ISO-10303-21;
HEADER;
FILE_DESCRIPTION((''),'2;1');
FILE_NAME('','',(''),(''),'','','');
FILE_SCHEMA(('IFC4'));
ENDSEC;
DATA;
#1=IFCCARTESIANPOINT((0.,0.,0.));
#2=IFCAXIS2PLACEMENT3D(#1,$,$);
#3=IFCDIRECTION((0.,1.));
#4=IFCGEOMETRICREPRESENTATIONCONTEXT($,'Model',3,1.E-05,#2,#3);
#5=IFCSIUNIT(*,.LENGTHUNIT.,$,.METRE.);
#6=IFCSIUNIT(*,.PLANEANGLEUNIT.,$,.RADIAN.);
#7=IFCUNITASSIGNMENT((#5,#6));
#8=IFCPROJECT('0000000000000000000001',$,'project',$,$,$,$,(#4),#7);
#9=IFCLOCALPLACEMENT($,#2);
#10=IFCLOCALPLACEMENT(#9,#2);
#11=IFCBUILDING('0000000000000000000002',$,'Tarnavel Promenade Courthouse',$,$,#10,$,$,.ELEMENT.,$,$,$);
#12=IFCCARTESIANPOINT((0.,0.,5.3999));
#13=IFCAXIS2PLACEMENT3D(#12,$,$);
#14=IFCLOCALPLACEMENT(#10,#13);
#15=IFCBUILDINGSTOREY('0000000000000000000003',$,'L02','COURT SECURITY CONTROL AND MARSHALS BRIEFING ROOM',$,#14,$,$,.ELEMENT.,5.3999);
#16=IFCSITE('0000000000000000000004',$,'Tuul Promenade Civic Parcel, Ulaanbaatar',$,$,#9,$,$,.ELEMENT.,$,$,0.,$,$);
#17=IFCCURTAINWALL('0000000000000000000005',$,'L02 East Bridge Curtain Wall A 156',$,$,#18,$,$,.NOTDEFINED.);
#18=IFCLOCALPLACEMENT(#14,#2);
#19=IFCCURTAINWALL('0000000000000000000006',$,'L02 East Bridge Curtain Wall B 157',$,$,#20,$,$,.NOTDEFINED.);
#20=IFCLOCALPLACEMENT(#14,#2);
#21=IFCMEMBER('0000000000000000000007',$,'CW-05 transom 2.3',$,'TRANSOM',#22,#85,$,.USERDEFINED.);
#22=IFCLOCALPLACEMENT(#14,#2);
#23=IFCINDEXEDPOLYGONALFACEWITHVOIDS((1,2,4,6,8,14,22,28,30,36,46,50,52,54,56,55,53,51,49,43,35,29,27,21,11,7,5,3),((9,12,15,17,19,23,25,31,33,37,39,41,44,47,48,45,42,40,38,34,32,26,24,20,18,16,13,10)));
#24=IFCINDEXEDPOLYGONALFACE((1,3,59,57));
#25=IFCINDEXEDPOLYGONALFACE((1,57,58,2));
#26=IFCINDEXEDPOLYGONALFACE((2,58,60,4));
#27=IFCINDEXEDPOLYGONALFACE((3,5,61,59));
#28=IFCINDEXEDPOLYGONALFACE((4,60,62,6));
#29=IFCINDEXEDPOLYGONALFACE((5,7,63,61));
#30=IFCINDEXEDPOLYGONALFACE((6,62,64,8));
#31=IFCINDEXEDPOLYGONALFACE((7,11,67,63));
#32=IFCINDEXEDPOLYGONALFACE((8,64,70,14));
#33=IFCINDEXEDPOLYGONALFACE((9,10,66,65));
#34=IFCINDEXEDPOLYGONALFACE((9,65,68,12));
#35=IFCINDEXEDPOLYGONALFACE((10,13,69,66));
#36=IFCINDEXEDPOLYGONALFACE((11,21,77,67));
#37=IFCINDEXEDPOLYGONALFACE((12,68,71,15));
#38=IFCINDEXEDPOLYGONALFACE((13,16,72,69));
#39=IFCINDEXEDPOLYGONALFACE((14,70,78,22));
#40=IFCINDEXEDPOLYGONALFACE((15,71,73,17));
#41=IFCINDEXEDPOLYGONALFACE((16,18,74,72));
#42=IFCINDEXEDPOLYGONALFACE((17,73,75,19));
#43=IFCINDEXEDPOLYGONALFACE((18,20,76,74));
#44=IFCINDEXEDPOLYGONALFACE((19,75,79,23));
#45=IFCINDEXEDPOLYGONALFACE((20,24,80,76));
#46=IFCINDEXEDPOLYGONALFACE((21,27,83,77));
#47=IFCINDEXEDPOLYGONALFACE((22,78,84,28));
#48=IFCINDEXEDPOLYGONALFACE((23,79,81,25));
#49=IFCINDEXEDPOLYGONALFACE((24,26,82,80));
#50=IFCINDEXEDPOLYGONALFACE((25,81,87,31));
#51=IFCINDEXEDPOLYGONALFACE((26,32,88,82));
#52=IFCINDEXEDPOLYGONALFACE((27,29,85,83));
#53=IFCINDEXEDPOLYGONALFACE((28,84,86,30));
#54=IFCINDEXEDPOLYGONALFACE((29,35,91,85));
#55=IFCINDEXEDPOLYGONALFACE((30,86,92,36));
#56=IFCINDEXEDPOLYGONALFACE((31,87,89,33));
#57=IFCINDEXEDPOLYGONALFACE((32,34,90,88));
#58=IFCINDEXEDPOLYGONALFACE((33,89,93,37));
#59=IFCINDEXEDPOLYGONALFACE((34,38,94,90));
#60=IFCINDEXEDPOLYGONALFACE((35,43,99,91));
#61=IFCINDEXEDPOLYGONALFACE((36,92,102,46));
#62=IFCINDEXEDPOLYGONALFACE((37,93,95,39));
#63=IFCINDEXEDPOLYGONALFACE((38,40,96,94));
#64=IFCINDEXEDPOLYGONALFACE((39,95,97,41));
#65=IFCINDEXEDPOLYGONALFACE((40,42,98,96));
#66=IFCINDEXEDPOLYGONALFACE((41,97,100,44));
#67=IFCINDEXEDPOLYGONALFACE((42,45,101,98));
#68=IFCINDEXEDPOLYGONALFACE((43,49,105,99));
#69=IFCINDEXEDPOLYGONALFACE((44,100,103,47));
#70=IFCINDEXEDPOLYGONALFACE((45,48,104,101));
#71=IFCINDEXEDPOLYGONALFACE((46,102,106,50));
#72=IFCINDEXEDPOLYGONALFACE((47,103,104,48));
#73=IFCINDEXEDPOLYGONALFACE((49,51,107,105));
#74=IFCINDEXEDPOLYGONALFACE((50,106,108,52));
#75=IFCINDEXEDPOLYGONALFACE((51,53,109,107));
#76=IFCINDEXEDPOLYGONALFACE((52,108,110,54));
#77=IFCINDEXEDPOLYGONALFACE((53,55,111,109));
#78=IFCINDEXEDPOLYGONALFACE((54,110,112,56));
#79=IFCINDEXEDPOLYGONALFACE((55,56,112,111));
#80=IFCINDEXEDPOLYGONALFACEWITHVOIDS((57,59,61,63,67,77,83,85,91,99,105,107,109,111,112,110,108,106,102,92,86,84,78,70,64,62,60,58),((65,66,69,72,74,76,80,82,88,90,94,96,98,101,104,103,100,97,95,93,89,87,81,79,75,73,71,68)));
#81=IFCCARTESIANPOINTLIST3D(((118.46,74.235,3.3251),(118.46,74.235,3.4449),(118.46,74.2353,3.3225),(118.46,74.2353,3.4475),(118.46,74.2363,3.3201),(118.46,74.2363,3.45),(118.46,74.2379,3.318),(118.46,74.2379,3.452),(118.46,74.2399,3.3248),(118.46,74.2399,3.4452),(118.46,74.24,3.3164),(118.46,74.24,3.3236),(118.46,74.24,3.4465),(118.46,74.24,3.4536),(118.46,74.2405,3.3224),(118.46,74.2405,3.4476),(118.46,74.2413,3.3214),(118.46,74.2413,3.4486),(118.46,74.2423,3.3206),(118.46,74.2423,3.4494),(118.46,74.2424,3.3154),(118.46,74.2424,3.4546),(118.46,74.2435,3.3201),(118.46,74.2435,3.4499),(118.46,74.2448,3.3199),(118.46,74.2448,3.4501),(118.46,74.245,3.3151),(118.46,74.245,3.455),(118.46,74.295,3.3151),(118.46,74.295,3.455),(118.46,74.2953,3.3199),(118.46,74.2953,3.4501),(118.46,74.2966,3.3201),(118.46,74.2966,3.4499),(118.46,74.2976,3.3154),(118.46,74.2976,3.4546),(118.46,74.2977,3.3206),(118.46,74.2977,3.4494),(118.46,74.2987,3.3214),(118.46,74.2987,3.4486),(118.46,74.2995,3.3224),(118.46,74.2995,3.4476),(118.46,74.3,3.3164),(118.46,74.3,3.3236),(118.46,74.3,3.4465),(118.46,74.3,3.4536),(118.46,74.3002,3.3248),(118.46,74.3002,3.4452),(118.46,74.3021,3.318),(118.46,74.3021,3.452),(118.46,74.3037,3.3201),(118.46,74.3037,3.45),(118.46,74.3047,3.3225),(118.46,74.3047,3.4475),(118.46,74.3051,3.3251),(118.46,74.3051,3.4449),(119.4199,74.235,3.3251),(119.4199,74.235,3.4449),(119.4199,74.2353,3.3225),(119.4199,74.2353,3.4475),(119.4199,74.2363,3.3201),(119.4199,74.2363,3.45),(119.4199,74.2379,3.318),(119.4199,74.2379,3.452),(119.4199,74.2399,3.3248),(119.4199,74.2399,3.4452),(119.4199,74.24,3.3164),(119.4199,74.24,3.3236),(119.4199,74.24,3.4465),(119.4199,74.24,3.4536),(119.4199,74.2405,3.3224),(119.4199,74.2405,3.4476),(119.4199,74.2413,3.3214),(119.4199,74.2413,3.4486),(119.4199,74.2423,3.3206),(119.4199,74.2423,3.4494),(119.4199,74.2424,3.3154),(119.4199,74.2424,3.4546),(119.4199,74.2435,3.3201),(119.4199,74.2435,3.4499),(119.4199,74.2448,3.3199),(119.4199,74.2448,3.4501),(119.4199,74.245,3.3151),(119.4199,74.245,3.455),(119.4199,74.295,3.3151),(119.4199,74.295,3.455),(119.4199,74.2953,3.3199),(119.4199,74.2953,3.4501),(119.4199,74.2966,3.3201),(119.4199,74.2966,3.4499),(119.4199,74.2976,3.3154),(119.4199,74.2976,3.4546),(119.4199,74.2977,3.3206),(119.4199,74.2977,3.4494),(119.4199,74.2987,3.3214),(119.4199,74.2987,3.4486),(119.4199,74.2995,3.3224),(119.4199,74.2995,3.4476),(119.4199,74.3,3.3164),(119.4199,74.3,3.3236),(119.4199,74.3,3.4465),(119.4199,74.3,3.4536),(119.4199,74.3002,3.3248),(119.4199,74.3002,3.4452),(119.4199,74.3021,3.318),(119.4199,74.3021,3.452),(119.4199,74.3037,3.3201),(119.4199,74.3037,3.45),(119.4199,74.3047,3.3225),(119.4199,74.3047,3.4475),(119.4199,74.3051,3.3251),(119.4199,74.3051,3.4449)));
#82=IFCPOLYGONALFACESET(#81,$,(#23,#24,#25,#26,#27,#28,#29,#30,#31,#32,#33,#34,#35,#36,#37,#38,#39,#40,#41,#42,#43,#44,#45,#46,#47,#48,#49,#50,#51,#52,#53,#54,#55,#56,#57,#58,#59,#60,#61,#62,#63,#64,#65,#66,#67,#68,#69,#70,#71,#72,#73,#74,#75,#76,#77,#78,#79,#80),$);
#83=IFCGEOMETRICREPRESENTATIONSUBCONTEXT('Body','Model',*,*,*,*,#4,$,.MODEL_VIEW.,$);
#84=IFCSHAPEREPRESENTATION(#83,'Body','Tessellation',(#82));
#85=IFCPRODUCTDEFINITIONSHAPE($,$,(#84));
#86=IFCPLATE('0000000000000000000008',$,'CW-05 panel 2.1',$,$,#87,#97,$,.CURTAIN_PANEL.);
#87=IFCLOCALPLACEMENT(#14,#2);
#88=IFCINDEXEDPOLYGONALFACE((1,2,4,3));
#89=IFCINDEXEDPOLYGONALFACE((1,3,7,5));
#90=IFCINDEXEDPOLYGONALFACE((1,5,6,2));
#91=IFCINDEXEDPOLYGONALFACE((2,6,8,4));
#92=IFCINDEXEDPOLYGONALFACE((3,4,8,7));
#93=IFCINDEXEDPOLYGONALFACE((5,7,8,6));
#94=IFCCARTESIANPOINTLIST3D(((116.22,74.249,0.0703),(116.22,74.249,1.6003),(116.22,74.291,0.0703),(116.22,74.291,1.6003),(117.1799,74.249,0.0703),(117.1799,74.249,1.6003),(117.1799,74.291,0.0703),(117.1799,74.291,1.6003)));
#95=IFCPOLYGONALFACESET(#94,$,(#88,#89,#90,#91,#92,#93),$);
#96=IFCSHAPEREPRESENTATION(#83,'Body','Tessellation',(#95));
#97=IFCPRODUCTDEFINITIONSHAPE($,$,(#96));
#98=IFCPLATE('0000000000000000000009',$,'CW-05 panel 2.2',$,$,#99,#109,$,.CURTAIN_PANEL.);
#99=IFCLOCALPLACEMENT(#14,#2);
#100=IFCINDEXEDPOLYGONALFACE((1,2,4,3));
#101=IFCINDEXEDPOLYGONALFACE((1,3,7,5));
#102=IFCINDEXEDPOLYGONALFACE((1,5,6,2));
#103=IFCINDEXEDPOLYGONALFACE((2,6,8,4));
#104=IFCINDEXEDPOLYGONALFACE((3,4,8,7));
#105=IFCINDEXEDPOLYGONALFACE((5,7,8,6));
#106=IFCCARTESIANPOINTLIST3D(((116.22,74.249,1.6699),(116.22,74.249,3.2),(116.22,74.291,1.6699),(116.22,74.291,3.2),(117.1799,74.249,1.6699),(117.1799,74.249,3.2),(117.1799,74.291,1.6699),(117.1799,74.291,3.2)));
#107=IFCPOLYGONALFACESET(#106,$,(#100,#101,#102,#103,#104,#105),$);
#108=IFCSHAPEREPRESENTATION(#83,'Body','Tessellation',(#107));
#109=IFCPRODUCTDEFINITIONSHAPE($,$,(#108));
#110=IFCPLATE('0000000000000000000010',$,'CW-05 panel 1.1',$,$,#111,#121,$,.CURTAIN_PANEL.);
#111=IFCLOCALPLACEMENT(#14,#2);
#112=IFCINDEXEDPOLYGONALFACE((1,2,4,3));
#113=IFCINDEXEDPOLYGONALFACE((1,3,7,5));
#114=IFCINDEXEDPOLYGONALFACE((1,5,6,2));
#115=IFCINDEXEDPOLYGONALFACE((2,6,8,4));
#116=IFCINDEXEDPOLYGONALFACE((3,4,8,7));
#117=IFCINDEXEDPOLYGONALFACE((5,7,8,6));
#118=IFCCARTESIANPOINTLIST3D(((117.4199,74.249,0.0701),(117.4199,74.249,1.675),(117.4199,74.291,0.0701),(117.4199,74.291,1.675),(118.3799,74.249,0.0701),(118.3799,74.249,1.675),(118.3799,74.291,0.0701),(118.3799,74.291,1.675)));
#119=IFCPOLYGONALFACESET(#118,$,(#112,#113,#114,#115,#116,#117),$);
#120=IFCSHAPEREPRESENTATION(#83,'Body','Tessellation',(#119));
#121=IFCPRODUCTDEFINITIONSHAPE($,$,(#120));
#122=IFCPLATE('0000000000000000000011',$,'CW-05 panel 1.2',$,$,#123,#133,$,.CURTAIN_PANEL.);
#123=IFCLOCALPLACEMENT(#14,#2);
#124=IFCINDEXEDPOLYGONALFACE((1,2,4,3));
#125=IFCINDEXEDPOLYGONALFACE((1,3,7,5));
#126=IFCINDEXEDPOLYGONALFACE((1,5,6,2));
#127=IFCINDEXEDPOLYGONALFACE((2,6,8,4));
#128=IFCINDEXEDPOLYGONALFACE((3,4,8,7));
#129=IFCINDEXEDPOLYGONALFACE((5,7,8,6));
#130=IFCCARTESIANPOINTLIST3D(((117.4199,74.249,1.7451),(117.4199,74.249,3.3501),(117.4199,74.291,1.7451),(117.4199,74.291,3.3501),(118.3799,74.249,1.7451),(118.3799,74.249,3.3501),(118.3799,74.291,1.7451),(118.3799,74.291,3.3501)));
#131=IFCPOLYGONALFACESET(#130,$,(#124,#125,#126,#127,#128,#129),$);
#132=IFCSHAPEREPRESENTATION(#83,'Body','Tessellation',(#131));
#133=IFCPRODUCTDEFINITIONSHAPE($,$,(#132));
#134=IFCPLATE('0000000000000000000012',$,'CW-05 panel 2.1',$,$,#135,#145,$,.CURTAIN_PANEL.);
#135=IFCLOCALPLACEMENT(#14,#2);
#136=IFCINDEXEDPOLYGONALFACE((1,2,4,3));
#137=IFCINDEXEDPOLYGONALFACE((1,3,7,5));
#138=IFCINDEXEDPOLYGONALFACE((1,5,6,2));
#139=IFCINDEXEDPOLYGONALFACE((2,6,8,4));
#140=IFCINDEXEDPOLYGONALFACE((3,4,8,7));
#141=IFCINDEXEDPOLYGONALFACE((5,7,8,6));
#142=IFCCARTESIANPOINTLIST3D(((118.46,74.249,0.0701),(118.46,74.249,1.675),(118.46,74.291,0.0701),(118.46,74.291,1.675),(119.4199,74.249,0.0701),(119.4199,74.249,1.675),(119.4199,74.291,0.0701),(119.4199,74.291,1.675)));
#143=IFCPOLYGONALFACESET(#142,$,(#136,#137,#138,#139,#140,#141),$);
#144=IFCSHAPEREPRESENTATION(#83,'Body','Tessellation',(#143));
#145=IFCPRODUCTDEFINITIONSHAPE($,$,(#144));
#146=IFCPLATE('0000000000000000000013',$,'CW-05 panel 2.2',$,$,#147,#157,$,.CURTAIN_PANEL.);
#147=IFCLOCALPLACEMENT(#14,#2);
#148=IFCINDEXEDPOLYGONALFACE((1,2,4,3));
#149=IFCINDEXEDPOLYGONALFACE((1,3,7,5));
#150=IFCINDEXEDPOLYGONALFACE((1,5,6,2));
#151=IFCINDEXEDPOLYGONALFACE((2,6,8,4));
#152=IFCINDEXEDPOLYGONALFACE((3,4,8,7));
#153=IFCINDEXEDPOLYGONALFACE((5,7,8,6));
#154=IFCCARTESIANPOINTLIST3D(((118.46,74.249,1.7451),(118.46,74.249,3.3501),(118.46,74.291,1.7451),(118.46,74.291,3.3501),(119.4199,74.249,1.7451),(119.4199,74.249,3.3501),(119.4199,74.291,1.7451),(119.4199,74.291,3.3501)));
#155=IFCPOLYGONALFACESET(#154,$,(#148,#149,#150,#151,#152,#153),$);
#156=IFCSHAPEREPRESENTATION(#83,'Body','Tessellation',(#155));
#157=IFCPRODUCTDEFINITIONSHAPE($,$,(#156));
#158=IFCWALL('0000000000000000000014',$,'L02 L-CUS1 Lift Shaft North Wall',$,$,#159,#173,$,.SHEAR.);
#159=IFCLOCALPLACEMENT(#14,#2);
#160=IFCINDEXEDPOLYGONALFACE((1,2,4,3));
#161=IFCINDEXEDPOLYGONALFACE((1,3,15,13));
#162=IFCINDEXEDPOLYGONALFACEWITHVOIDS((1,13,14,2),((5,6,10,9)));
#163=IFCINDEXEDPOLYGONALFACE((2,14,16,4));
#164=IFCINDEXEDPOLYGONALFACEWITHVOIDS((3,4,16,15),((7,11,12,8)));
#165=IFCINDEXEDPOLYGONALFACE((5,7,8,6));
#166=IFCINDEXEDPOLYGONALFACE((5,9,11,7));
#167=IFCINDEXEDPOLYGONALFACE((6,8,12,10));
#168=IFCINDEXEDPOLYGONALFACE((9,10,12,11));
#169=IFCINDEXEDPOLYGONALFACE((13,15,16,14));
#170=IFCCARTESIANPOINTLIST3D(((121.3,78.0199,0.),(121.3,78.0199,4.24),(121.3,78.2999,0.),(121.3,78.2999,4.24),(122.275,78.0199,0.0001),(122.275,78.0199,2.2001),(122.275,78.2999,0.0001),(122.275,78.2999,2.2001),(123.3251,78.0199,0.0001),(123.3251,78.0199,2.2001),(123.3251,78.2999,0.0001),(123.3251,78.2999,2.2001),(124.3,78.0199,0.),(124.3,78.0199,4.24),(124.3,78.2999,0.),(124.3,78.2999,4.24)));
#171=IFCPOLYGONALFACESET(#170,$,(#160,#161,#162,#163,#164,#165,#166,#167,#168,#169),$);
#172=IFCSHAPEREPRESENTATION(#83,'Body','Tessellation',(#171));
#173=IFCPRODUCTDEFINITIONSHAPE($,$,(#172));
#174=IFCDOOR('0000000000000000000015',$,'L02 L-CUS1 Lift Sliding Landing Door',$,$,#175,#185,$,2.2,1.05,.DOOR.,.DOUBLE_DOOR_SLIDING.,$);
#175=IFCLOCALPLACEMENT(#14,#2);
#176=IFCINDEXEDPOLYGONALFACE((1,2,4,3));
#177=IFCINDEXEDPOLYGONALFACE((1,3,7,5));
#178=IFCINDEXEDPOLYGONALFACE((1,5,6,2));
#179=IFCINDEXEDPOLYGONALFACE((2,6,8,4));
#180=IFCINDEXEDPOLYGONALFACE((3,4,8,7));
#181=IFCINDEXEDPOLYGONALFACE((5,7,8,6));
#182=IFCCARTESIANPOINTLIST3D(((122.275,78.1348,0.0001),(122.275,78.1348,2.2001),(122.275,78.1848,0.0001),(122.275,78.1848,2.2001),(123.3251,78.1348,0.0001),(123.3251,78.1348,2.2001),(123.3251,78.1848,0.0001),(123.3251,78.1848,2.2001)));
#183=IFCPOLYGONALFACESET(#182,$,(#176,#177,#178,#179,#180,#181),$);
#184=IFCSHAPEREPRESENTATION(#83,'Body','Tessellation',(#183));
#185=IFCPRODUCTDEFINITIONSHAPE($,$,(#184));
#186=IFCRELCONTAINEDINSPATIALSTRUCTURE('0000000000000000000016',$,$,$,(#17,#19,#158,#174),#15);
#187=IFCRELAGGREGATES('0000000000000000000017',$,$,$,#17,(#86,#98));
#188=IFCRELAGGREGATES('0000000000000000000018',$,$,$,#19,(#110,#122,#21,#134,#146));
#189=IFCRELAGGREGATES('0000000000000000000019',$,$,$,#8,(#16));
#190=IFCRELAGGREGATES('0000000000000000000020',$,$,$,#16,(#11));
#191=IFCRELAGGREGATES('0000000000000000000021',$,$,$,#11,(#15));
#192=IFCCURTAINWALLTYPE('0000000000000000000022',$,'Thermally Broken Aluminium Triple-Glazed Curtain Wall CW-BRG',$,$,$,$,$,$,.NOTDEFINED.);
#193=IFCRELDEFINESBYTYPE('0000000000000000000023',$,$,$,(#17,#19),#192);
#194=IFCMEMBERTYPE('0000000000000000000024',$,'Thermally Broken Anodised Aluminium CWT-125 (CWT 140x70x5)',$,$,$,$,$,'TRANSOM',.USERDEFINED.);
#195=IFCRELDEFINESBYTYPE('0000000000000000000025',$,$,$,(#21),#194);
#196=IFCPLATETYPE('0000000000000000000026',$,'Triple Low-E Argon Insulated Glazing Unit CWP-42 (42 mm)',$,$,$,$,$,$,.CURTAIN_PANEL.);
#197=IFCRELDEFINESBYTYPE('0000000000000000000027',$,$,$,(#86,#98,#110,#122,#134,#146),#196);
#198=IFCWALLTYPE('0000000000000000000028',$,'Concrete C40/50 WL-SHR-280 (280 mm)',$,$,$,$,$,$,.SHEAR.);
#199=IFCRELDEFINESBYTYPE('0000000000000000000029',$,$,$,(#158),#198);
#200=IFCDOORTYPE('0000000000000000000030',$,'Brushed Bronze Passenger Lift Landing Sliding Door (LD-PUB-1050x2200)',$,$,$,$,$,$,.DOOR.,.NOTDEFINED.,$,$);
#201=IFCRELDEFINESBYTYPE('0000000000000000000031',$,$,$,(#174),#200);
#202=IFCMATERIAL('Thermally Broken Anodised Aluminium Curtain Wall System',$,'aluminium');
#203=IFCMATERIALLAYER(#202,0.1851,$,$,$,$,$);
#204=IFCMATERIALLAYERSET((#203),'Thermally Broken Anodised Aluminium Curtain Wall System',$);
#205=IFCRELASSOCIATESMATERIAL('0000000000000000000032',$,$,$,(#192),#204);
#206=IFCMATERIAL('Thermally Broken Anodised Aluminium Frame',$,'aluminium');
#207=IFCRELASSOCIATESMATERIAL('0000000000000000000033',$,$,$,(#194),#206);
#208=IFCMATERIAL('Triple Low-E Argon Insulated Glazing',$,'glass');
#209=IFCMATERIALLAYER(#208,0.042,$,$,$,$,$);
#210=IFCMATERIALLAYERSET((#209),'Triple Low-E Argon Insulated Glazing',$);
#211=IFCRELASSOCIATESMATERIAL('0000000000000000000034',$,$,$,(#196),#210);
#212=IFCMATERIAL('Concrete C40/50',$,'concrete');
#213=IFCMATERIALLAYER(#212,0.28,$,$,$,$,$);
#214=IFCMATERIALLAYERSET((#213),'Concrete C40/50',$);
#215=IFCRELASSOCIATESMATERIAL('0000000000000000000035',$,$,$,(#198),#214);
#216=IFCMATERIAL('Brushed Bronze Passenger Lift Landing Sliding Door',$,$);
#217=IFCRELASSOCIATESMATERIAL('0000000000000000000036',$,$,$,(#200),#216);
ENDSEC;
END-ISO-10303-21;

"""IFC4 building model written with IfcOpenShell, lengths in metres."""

from ifc_helpers import new_model, si_unit, direction, frame, frame_2d, origin, origin_2d, place, context, subcontext, project, spatial, rectangle, hollow_rectangle, extrude, material, layer, layer_set, material_profile, profile_set, type_object, element, fill, aggregate, save


model = new_model("IFC4")

# Units and contexts
model_context = context("Model", 3, precision=1e-05, world=origin(), true_north=direction((0.0, 1.0)))
body_context = subcontext(model_context, "Body", "Model", "MODEL_VIEW")
ifc_project = project(units=[si_unit("LENGTHUNIT", "METRE"), si_unit("PLANEANGLEUNIT", "RADIAN")], contexts=[model_context])

# Site, building, storey
site_placement = place(None, origin())
site = spatial("IfcSite", under=ifc_project, at=site_placement, Name="Tuul Promenade Civic Parcel, Ulaanbaatar", CompositionType="ELEMENT", RefElevation=0.0)
building_placement = place(site_placement, origin())
building = spatial("IfcBuilding", under=site, at=building_placement, Name="Tarnavel Promenade Courthouse", CompositionType="ELEMENT")
storey_placement = place(building_placement, frame((0.0, 0.0, 5.3999)))
storey = spatial("IfcBuildingStorey", under=building, at=storey_placement, Name="L02", Description="COURT SECURITY CONTROL AND MARSHALS BRIEFING ROOM", CompositionType="ELEMENT", Elevation=5.3999)

# Shared definitions
ifc_material_1 = material(Name="Concrete C40/50", Category="concrete")

# Curtain wall
ifc_material_2 = material(Name="Thermally Broken Anodised Aluminium Curtain Wall System", Category="aluminium")
ifc_layer_1 = layer(ifc_material_2, 0.1851)
ifc_layer_set_1 = layer_set([ifc_layer_1], Name="Thermally Broken Anodised Aluminium Curtain Wall System")
curtain_wall_type = type_object("IfcCurtainWallType", Name="Thermally Broken Aluminium Triple-Glazed Curtain Wall CW-BRG", PredefinedType="NOTDEFINED", material=ifc_layer_set_1)
curtain_wall_1_placement = place(storey_placement, origin())
curtain_wall_1 = element("IfcCurtainWall", 1, at=curtain_wall_1_placement, inside=storey, type_object=curtain_wall_type, Name="L02 East Bridge Curtain Wall A 156", PredefinedType="NOTDEFINED")
ifc_material_3 = material(Name="Thermally Broken Anodised Aluminium Frame", Category="aluminium")

# Curtain wall, member
curtain_wall_2_placement = place(storey_placement, origin())
curtain_wall_2 = element("IfcCurtainWall", 2, at=curtain_wall_2_placement, inside=storey, type_object=curtain_wall_type, Name="L02 East Bridge Curtain Wall B 157", PredefinedType="NOTDEFINED")
ifc_material_profile_1 = material_profile(ifc_material_3, hollow_rectangle(XDim=0.0701, YDim=0.1399, WallThickness=0.0049, InnerFilletRadius=0.0049, OuterFilletRadius=0.01, at=origin_2d()), Name="CWT 140x70x5")
ifc_profile_set_1 = profile_set([ifc_material_profile_1], Name="Thermally Broken Anodised Aluminium Frame")
member_type_1 = type_object("IfcMemberType", Name="Thermally Broken Anodised Aluminium CWT-125 (CWT 140x70x5)", ElementType="TRANSOM", PredefinedType="USERDEFINED", material=ifc_profile_set_1)
member_1_placement = place(storey_placement, frame((118.46, 74.27, 3.385), z_axis=(1.0, 0.0, 0.0), x_axis=(0.0, 1.0, 0.0)))
member_1 = element("IfcMember", 3, at=member_1_placement, type_object=member_type_1, Name="CW-05 transom 2.3", ObjectType="TRANSOM", PredefinedType="USERDEFINED", context=body_context, shape_type="SweptSolid", body=[
    extrude(hollow_rectangle(XDim=0.0701, YDim=0.1399, WallThickness=0.0049, InnerFilletRadius=0.0049, OuterFilletRadius=0.01, at=origin_2d()), origin(), (0.0, 0.0, 1.0), 0.96),
])

# Plates
ifc_material_4 = material(Name="Triple Low-E Argon Insulated Glazing", Category="glass")
ifc_layer_2 = layer(ifc_material_4, 0.042)
ifc_layer_set_2 = layer_set([ifc_layer_2], Name="Triple Low-E Argon Insulated Glazing")
plate_type = type_object("IfcPlateType", Name="Triple Low-E Argon Insulated Glazing Unit CWP-42 (42 mm)", PredefinedType="CURTAIN_PANEL", material=ifc_layer_set_2)
plate_1_placement = place(storey_placement, frame((116.7, 74.27, 0.0703), z_axis=(0.0, 0.0, 1.0), x_axis=(1.0, 0.0, 0.0)))
plate_1 = element("IfcPlate", 4, at=plate_1_placement, type_object=plate_type, Name="CW-05 panel 2.1", PredefinedType="CURTAIN_PANEL", context=body_context, shape_type="SweptSolid", body=[
    extrude(rectangle(XDim=0.96, YDim=0.042, at=origin_2d()), origin(), (0.0, 0.0, 1.0), 1.53),
])
plate_2_placement = place(storey_placement, frame((116.7, 74.27, 1.6699), z_axis=(0.0, 0.0, 1.0), x_axis=(1.0, 0.0, 0.0)))
plate_2 = element("IfcPlate", 5, at=plate_2_placement, type_object=plate_type, Name="CW-05 panel 2.2", PredefinedType="CURTAIN_PANEL", context=body_context, shape_type="SweptSolid", body=[
    extrude(rectangle(XDim=0.96, YDim=0.042, at=origin_2d()), origin(), (0.0, 0.0, 1.0), 1.53),
])
aggregate(curtain_wall_1, [plate_1, plate_2])
plate_3_placement = place(storey_placement, frame((117.8999, 74.27, 0.0701), z_axis=(0.0, 0.0, 1.0), x_axis=(1.0, 0.0, 0.0)))
plate_3 = element("IfcPlate", 6, at=plate_3_placement, type_object=plate_type, Name="CW-05 panel 1.1", PredefinedType="CURTAIN_PANEL", context=body_context, shape_type="SweptSolid", body=[
    extrude(rectangle(XDim=0.96, YDim=0.042, at=origin_2d()), origin(), (0.0, 0.0, 1.0), 1.605),
])
plate_4_placement = place(storey_placement, frame((117.8999, 74.27, 1.7451), z_axis=(0.0, 0.0, 1.0), x_axis=(1.0, 0.0, 0.0)))
plate_4 = element("IfcPlate", 7, at=plate_4_placement, type_object=plate_type, Name="CW-05 panel 1.2", PredefinedType="CURTAIN_PANEL", context=body_context, shape_type="SweptSolid", body=[
    extrude(rectangle(XDim=0.96, YDim=0.042, at=origin_2d()), origin(), (0.0, 0.0, 1.0), 1.605),
])
plate_5_placement = place(storey_placement, frame((118.9399, 74.27, 0.0701), z_axis=(0.0, 0.0, 1.0), x_axis=(1.0, 0.0, 0.0)))
plate_5 = element("IfcPlate", 8, at=plate_5_placement, type_object=plate_type, Name="CW-05 panel 2.1", PredefinedType="CURTAIN_PANEL", context=body_context, shape_type="SweptSolid", body=[
    extrude(rectangle(XDim=0.96, YDim=0.042, at=origin_2d()), origin(), (0.0, 0.0, 1.0), 1.605),
])
plate_6_placement = place(storey_placement, frame((118.9399, 74.27, 1.7451), z_axis=(0.0, 0.0, 1.0), x_axis=(1.0, 0.0, 0.0)))
plate_6 = element("IfcPlate", 9, at=plate_6_placement, type_object=plate_type, Name="CW-05 panel 2.2", PredefinedType="CURTAIN_PANEL", context=body_context, shape_type="SweptSolid", body=[
    extrude(rectangle(XDim=0.96, YDim=0.042, at=origin_2d()), origin(), (0.0, 0.0, 1.0), 1.605),
])
aggregate(curtain_wall_2, [plate_3, plate_4, member_1, plate_5, plate_6])

# Wall, opening, door
ifc_layer_3 = layer(ifc_material_1, 0.28)
ifc_layer_set_3 = layer_set([ifc_layer_3], Name="Concrete C40/50")
wall_type_1 = type_object("IfcWallType", Name="Concrete C40/50 WL-SHR-280 (280 mm)", PredefinedType="SHEAR", material=ifc_layer_set_3)
wall_1_placement = place(storey_placement, frame((121.3, 78.1599, 0.0), z_axis=(0.0, 0.0, 1.0), x_axis=(1.0, 0.0, 0.0)))
wall_1 = element("IfcWall", 10, at=wall_1_placement, inside=storey, type_object=wall_type_1, Name="L02 L-CUS1 Lift Shaft North Wall", PredefinedType="SHEAR", context=body_context, shape_type="SweptSolid", body=[
    extrude(rectangle(XDim=3.0, YDim=0.28, at=frame_2d((1.5, 0.0))), origin(), (0.0, 0.0, 1.0), 4.24),
])
opening_1_placement = place(wall_1_placement, frame((0.9751, 0.0, 0.0)))
opening_1 = element("IfcOpeningElement", 11, at=opening_1_placement, cuts=wall_1, PredefinedType="OPENING", context=body_context, shape_type="SweptSolid", body=[
    extrude(rectangle(XDim=1.05, YDim=2.2, at=frame_2d((0.5249, 1.1001))), frame((0.0, 0.1499, 0.0), z_axis=(0.0, -1.0, 0.0), x_axis=(1.0, 0.0, 0.0)), (0.0, 0.0, 1.0), 0.3),
])
ifc_material_5 = material(Name="Brushed Bronze Passenger Lift Landing Sliding Door")
door_type_1 = type_object("IfcDoorType", Name="Brushed Bronze Passenger Lift Landing Sliding Door (LD-PUB-1050x2200)", OperationType="NOTDEFINED", PredefinedType="DOOR", material=ifc_material_5)
door_1_placement = place(opening_1_placement, origin())
door_1 = element("IfcDoor", 12, at=door_1_placement, inside=storey, type_object=door_type_1, Name="L02 L-CUS1 Lift Sliding Landing Door", OperationType="DOUBLE_DOOR_SLIDING", OverallHeight=2.2, OverallWidth=1.05, PredefinedType="DOOR", context=body_context, shape_type="SweptSolid", body=[
    extrude(rectangle(XDim=1.05, YDim=2.2, at=frame_2d((0.5249, 1.1001))), frame((0.0, 0.0249, 0.0), z_axis=(0.0, -1.0, 0.0), x_axis=(1.0, 0.0, 0.0)), (0.0, 0.0, 1.0), 0.05),
])
fill(opening_1, door_1)

save(model, "model.ifc")
